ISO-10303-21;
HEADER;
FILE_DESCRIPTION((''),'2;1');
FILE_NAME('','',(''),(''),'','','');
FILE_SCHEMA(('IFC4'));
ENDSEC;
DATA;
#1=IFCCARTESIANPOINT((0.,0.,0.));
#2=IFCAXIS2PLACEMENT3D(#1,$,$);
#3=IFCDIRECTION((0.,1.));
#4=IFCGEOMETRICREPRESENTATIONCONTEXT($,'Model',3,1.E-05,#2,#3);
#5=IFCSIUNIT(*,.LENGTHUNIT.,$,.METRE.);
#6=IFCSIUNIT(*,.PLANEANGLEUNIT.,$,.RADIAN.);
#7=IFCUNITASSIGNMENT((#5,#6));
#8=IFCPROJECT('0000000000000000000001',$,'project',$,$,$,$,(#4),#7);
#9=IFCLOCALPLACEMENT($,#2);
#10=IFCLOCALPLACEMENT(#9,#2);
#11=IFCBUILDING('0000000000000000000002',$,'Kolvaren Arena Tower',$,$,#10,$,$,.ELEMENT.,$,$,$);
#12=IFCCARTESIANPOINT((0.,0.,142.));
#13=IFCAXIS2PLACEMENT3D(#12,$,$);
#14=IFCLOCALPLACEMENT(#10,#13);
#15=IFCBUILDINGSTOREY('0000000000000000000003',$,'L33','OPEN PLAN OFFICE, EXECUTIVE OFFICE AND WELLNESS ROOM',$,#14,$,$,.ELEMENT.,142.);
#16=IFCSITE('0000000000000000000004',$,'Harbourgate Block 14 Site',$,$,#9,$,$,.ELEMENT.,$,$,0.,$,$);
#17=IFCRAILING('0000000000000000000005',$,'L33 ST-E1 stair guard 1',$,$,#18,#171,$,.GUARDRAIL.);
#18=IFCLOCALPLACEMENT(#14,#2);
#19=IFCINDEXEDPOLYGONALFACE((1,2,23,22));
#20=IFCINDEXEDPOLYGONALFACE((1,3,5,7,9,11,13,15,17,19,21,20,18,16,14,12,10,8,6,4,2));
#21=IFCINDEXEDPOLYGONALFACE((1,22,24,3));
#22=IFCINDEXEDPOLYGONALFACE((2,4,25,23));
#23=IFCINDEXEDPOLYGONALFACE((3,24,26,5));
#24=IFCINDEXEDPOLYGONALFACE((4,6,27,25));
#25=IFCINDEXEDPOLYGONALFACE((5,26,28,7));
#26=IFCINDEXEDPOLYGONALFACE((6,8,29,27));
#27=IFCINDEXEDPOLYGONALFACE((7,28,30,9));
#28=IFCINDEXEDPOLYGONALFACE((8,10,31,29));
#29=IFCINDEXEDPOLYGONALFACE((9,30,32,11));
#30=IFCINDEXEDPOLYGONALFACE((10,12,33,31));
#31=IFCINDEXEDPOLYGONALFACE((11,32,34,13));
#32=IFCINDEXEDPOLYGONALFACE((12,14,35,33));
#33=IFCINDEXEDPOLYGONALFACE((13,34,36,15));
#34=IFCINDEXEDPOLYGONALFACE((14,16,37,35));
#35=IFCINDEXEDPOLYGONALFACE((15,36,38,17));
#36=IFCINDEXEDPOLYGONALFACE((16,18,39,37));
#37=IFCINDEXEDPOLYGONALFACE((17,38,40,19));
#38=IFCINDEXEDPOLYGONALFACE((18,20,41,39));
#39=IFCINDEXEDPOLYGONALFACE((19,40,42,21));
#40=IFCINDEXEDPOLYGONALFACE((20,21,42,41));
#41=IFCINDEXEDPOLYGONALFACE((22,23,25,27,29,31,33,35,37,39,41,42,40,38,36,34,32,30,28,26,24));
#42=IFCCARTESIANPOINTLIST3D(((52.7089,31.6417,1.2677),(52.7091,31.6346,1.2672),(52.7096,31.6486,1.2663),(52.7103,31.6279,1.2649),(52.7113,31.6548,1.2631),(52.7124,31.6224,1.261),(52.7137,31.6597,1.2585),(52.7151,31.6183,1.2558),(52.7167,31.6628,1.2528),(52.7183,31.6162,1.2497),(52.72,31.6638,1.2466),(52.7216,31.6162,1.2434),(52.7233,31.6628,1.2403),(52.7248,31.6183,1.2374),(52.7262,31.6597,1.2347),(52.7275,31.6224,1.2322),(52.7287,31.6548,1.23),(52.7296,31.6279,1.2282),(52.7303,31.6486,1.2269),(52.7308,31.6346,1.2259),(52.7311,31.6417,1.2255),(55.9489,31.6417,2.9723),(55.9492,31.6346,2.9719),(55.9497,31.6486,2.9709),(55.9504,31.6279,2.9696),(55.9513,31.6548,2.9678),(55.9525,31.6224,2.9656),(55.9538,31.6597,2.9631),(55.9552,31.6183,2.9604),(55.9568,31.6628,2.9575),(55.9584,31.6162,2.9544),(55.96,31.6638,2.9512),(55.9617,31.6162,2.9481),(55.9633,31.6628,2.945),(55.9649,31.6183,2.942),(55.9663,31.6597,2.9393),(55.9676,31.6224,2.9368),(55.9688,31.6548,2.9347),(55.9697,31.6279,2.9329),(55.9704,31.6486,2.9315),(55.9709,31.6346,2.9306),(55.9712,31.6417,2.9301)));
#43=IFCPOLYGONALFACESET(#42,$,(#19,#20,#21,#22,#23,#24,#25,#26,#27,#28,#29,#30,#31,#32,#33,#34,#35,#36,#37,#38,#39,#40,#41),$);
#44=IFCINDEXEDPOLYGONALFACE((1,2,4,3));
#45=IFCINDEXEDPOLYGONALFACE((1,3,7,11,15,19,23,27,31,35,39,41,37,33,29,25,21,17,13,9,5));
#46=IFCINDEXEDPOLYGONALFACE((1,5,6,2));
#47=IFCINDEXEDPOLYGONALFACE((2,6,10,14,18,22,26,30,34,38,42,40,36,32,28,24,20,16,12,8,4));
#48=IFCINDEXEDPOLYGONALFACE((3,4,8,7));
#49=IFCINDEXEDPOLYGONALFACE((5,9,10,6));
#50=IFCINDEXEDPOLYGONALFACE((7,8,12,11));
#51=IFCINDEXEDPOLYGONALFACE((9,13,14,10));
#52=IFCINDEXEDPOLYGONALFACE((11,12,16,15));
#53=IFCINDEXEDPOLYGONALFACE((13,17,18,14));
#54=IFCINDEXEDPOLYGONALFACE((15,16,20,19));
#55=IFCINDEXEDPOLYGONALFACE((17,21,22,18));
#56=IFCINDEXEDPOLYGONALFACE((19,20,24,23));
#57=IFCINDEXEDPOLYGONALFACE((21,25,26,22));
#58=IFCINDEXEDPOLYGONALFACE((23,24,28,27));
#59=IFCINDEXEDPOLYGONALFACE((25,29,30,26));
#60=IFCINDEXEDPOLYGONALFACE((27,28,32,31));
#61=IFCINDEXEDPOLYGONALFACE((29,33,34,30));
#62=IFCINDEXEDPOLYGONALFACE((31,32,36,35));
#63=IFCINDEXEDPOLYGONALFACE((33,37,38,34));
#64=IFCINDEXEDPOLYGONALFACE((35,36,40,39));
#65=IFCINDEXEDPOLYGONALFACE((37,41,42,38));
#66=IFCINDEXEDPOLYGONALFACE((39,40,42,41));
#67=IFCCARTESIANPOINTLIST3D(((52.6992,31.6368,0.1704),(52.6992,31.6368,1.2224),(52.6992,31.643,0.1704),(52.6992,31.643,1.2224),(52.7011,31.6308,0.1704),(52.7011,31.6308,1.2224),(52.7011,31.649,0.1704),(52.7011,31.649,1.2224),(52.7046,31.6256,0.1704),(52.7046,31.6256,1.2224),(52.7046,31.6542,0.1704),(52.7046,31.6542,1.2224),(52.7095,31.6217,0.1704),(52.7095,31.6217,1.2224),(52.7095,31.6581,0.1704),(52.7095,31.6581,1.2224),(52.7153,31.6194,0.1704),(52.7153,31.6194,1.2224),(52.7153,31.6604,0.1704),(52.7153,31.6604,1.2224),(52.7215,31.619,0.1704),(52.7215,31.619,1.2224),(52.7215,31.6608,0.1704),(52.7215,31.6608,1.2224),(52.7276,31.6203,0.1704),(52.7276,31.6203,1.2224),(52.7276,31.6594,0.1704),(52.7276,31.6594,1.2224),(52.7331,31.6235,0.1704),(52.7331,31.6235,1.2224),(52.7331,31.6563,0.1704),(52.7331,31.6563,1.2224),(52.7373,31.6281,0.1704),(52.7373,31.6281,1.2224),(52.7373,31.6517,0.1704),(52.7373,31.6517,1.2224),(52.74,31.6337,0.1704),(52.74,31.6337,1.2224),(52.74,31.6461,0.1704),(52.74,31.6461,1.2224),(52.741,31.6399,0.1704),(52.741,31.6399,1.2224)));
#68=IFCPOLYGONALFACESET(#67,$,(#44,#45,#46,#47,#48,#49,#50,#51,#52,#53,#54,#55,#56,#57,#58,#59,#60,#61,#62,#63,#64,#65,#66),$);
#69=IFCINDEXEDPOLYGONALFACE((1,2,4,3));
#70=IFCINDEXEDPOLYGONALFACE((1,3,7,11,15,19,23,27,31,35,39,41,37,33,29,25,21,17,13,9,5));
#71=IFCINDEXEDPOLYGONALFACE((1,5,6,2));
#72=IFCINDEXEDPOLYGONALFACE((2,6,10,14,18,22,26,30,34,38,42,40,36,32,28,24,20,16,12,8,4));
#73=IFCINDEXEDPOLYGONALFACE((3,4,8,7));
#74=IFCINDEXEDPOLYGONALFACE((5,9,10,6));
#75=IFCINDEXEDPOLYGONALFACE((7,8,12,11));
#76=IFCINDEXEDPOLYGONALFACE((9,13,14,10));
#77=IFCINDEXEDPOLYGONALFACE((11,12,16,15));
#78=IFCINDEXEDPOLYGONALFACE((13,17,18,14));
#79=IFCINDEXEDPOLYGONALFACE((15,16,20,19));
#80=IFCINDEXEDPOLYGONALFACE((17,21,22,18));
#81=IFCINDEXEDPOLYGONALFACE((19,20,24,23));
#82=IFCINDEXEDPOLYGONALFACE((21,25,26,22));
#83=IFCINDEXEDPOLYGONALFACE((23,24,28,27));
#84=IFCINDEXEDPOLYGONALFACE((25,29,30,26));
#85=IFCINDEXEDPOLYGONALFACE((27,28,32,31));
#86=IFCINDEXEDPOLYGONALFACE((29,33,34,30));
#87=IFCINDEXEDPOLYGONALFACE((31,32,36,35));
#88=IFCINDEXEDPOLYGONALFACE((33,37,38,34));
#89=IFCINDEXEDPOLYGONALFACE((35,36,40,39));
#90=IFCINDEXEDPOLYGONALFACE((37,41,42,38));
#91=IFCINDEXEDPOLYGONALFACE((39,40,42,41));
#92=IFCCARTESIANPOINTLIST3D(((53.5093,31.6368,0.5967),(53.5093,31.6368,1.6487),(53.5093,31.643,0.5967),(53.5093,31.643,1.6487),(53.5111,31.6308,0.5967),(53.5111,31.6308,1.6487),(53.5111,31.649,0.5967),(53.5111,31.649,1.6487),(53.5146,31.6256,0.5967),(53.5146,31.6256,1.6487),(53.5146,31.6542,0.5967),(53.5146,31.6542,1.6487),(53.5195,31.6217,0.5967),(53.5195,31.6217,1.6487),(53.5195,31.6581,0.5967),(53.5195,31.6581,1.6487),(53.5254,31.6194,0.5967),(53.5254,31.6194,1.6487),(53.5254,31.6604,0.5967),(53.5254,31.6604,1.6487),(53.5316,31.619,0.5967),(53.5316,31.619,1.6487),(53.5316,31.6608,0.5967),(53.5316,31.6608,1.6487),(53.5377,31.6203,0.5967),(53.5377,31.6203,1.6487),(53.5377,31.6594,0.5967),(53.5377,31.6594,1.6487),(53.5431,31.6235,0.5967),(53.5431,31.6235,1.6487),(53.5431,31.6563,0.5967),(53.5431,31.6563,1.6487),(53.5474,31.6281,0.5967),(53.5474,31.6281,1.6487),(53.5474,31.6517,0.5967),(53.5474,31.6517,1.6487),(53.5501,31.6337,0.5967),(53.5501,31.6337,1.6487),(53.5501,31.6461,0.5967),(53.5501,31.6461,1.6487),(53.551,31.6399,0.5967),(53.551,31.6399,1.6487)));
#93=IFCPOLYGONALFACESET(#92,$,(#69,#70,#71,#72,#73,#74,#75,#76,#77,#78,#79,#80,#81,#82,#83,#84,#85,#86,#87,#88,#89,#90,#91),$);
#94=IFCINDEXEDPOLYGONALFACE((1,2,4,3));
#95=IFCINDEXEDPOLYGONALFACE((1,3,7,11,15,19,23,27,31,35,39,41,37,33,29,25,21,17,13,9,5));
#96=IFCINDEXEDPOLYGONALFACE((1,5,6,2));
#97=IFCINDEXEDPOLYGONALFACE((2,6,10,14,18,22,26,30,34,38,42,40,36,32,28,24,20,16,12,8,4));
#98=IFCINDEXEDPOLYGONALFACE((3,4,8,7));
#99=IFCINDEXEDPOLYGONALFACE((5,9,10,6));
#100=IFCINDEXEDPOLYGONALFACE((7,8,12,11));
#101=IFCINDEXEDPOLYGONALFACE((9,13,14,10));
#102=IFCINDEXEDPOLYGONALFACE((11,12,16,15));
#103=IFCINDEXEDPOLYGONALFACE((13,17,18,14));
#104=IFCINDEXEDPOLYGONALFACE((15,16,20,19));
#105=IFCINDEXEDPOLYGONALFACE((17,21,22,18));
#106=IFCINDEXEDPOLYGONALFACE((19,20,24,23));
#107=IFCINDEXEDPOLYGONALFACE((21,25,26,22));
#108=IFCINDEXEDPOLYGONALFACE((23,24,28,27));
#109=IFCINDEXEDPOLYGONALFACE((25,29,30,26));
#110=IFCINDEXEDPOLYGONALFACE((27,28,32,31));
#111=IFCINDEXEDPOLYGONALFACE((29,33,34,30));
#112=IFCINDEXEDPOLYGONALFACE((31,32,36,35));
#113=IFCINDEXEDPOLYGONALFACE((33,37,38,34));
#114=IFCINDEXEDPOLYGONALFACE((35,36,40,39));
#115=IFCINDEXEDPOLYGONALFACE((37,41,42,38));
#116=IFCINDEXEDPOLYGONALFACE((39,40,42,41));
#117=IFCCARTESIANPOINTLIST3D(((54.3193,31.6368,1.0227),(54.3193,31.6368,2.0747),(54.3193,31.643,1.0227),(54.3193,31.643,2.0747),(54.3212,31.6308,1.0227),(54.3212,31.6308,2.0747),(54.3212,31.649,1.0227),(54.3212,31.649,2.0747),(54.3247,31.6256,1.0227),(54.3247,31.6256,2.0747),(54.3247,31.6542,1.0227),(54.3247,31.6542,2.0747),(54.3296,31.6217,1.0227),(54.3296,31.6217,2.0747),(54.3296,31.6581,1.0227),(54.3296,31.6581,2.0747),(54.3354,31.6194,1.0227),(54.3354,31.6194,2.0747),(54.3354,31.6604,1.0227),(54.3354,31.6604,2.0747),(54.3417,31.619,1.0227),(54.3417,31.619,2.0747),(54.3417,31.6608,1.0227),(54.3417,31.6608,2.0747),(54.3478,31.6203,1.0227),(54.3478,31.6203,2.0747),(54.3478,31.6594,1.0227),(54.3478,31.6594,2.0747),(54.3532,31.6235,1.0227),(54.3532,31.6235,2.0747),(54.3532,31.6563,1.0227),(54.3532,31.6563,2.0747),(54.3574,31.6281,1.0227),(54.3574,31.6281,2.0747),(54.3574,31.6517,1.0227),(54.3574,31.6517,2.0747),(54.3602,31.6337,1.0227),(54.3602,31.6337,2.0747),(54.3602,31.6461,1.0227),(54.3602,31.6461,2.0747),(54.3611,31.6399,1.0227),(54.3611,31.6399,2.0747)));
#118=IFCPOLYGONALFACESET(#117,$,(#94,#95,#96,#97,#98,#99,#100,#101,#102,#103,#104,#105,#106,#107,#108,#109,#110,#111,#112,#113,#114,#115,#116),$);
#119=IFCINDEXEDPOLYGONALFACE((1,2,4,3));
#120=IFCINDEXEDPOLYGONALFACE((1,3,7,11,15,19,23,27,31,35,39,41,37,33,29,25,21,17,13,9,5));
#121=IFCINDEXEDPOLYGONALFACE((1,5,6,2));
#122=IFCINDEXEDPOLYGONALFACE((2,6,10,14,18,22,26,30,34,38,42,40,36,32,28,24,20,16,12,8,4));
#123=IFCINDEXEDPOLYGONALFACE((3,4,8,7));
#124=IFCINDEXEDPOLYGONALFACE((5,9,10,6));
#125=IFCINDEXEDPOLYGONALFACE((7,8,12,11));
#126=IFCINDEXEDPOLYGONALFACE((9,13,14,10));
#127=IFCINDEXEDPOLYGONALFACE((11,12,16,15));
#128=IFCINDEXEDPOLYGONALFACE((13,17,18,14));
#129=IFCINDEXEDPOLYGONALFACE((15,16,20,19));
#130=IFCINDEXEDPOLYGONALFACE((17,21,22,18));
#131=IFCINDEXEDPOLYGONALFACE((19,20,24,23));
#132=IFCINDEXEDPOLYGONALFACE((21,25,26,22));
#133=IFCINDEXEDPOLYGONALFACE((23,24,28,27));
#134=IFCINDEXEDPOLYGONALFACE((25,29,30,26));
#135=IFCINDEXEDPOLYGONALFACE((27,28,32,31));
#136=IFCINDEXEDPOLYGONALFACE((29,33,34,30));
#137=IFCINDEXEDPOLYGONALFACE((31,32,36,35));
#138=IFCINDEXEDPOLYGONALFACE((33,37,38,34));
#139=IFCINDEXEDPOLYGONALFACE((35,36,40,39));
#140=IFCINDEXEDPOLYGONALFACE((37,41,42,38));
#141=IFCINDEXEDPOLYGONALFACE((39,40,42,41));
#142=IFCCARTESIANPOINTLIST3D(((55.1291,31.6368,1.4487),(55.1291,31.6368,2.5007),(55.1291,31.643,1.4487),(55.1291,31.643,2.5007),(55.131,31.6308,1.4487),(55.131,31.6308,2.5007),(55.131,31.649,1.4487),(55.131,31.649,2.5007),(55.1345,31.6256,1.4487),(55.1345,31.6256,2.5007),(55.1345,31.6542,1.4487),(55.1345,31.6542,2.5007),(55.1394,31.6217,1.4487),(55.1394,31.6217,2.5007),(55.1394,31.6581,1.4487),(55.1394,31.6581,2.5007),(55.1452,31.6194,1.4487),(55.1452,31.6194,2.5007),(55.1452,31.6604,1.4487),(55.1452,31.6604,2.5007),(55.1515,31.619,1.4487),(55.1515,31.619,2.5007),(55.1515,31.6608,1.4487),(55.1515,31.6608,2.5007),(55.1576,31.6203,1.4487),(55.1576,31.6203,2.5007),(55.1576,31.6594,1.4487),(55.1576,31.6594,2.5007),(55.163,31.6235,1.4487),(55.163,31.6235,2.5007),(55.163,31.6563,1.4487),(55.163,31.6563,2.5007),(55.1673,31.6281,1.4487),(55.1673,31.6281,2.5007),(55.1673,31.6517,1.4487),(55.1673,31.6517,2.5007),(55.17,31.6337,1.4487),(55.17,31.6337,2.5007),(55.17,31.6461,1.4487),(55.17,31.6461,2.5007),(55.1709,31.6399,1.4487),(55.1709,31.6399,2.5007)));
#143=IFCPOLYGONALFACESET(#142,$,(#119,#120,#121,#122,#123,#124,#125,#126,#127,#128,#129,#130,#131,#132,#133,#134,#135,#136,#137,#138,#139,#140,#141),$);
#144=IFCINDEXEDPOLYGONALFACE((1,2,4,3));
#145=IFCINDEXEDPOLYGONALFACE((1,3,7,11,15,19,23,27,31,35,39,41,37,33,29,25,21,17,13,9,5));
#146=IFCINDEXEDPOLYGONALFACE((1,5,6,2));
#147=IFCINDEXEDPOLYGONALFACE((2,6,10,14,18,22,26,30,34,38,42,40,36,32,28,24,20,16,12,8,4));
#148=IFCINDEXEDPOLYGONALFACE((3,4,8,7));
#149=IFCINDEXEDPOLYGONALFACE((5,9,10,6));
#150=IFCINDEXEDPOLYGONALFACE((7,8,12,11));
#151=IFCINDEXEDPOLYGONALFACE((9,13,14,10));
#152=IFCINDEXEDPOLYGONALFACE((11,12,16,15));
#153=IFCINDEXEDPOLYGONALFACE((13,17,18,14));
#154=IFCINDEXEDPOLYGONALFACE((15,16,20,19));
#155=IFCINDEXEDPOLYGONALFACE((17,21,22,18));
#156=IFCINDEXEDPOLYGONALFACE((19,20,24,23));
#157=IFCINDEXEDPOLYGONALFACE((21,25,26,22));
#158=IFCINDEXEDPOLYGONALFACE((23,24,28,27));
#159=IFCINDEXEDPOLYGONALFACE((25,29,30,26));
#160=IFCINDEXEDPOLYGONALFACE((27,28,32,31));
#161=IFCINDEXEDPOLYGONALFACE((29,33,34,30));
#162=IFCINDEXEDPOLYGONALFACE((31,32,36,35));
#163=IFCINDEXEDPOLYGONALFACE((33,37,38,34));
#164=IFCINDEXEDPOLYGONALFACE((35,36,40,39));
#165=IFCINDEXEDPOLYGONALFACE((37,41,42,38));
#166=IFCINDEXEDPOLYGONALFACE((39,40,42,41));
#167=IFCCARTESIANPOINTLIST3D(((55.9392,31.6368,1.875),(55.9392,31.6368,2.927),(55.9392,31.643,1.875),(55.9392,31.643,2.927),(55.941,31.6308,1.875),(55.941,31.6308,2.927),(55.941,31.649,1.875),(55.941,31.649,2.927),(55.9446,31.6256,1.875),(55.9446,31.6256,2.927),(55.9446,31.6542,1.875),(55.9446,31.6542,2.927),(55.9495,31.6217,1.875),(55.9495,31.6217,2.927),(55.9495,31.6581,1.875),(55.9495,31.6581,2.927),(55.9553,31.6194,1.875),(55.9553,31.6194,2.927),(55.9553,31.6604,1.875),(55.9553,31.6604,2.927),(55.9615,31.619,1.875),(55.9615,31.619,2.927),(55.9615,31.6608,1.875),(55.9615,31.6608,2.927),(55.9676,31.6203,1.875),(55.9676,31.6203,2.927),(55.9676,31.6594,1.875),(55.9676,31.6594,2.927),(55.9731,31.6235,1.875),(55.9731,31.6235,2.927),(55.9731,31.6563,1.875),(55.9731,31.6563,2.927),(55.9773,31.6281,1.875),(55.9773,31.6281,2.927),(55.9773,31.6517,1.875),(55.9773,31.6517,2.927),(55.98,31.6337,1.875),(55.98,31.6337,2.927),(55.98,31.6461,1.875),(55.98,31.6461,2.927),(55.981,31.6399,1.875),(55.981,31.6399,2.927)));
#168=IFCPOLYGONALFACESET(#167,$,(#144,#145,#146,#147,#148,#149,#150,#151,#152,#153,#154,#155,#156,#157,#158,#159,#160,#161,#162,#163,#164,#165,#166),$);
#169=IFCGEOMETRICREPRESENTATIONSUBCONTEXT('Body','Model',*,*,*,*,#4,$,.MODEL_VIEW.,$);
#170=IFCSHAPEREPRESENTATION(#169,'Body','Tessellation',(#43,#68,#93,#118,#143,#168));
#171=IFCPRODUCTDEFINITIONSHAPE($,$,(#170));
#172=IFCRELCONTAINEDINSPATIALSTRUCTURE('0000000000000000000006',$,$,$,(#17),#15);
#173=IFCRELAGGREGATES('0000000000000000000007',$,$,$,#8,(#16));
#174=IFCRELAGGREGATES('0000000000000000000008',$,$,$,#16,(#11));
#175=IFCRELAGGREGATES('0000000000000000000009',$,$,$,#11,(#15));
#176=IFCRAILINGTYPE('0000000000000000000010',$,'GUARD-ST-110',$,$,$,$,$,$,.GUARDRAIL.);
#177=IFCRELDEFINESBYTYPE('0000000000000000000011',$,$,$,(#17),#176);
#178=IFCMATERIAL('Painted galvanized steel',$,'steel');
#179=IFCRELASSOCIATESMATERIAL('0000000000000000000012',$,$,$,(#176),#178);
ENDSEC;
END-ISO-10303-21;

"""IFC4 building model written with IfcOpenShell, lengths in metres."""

from ifc_helpers import new_model, si_unit, direction, frame, origin, origin_2d, place, context, subcontext, project, spatial, circle, extrude, material, type_object, element, save


model = new_model("IFC4")

# Units and contexts
model_context = context("Model", 3, precision=1e-05, world=origin(), true_north=direction((0.0, 1.0)))
body_context = subcontext(model_context, "Body", "Model", "MODEL_VIEW")
ifc_project = project(units=[si_unit("LENGTHUNIT", "METRE"), si_unit("PLANEANGLEUNIT", "RADIAN")], contexts=[model_context])

# Site, building, storey
site_placement = place(None, origin())
site = spatial("IfcSite", under=ifc_project, at=site_placement, Name="Harbourgate Block 14 Site", CompositionType="ELEMENT", RefElevation=0.0)
building_placement = place(site_placement, origin())
building = spatial("IfcBuilding", under=site, at=building_placement, Name="Kolvaren Arena Tower", CompositionType="ELEMENT")
storey_placement = place(building_placement, frame((0.0, 0.0, 142.0)))
storey = spatial("IfcBuildingStorey", under=building, at=storey_placement, Name="L33", Description="OPEN PLAN OFFICE, EXECUTIVE OFFICE AND WELLNESS ROOM", CompositionType="ELEMENT", Elevation=142.0)

# Railing
ifc_material_1 = material(Name="Painted galvanized steel", Category="steel")
railing_type_1 = type_object("IfcRailingType", Name="GUARD-ST-110", PredefinedType="GUARDRAIL", material=ifc_material_1)
railing_1_placement = place(storey_placement, frame((52.72, 31.6399, 0.1704)))
element("IfcRailing", 1, at=railing_1_placement, inside=storey, type_object=railing_type_1, Name="L33 ST-E1 stair guard 1", PredefinedType="GUARDRAIL", context=body_context, shape_type="SweptSolid", body=[
    extrude(circle(Radius=0.0239, at=origin_2d()), frame((0.0, 0.0, 1.0762), z_axis=(0.884993, 0.0, 0.465604), x_axis=(0.0, 1.0, 0.0)), (0.0, 0.0, 1.0), 3.6611),
    extrude(circle(Radius=0.021, at=origin_2d()), origin(), (0.0, 0.0, 1.0), 1.052),
    extrude(circle(Radius=0.021, at=origin_2d()), frame((0.8101, 0.0, 0.4263)), (0.0, 0.0, 1.0), 1.052),
    extrude(circle(Radius=0.021, at=origin_2d()), frame((1.6201, 0.0, 0.8523)), (0.0, 0.0, 1.0), 1.052),
    extrude(circle(Radius=0.021, at=origin_2d()), frame((2.4299, 0.0, 1.2783)), (0.0, 0.0, 1.0), 1.052),
    extrude(circle(Radius=0.021, at=origin_2d()), frame((3.24, 0.0, 1.7046)), (0.0, 0.0, 1.0), 1.052),
])

save(model, "model.ifc")
